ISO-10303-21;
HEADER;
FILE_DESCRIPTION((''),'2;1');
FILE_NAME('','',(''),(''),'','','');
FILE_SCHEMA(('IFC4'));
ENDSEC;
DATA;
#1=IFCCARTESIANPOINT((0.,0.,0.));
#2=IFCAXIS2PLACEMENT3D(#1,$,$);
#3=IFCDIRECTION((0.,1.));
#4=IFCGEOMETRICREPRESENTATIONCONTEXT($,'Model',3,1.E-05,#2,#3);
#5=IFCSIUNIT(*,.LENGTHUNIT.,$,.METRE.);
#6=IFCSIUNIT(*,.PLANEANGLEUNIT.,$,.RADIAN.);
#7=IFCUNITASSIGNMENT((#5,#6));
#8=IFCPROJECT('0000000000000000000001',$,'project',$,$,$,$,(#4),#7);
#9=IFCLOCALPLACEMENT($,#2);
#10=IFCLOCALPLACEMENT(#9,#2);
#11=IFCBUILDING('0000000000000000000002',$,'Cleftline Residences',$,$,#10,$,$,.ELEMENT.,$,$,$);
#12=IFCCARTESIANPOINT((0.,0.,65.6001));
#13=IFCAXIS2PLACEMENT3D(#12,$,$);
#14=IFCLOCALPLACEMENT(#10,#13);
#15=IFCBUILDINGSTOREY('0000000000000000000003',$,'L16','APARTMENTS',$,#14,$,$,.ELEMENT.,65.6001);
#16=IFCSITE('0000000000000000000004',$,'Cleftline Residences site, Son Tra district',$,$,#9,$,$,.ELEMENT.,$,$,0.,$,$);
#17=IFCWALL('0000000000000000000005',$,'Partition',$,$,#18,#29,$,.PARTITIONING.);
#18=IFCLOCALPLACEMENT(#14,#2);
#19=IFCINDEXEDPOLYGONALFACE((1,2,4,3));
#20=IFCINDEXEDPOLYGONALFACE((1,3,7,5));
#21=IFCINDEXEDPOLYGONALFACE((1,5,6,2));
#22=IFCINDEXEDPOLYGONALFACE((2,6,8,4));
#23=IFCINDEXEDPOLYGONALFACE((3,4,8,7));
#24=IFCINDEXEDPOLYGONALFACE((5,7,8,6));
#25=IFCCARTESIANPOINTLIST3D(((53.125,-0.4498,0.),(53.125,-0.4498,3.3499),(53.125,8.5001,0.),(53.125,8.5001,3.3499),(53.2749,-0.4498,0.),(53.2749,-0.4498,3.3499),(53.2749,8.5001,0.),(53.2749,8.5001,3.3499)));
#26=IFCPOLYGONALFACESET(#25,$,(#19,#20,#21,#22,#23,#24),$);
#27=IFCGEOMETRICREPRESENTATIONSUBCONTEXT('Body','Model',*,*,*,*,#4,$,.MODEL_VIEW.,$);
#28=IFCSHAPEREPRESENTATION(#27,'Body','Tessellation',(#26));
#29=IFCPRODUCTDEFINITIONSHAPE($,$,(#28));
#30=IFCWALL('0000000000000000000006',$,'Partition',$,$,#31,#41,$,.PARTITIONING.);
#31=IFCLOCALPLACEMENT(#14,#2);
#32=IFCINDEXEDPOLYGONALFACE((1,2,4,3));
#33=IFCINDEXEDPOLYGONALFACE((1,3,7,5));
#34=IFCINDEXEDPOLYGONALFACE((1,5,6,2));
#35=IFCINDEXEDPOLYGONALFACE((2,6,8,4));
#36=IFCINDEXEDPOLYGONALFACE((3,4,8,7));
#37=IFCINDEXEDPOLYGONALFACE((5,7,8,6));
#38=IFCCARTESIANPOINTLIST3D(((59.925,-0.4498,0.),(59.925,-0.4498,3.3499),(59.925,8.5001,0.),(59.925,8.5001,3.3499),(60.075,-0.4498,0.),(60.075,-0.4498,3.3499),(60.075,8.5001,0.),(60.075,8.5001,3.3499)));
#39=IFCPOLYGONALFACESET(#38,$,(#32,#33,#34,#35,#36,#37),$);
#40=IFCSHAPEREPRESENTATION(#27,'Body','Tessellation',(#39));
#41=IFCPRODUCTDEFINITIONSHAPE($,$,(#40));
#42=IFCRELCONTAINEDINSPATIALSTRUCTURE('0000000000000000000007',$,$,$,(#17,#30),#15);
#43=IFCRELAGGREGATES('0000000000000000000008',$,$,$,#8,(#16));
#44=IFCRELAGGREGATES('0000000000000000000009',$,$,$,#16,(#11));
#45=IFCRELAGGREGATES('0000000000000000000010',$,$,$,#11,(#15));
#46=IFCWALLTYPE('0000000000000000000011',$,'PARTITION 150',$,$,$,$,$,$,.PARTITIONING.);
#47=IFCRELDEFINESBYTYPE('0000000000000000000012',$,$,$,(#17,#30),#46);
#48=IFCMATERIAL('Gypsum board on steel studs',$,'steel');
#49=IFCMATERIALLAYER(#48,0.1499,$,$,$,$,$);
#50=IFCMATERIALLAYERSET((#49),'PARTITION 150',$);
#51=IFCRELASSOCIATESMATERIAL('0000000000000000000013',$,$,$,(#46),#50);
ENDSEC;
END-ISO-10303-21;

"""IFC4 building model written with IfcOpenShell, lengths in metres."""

from ifc_helpers import new_model, si_unit, direction, frame, frame_2d, origin, place, context, subcontext, project, spatial, rectangle, extrude, material, layer, layer_set, type_object, element, save


model = new_model("IFC4")

# Units and contexts
model_context = context("Model", 3, precision=1e-05, world=origin(), true_north=direction((0.0, 1.0)))
body_context = subcontext(model_context, "Body", "Model", "MODEL_VIEW")
ifc_project = project(units=[si_unit("LENGTHUNIT", "METRE"), si_unit("PLANEANGLEUNIT", "RADIAN")], contexts=[model_context])

# Site, building, storey
site_placement = place(None, origin())
site = spatial("IfcSite", under=ifc_project, at=site_placement, Name="Cleftline Residences site, Son Tra district", CompositionType="ELEMENT", RefElevation=0.0)
building_placement = place(site_placement, origin())
building = spatial("IfcBuilding", under=site, at=building_placement, Name="Cleftline Residences", CompositionType="ELEMENT")
storey_placement = place(building_placement, frame((0.0, 0.0, 65.6001)))
storey = spatial("IfcBuildingStorey", under=building, at=storey_placement, Name="L16", Description="APARTMENTS", CompositionType="ELEMENT", Elevation=65.6001)

# Walls
ifc_material_1 = material(Name="Gypsum board on steel studs", Category="steel")
ifc_layer_1 = layer(ifc_material_1, 0.1499)
ifc_layer_set_1 = layer_set([ifc_layer_1], Name="PARTITION 150")
wall_type_1 = type_object("IfcWallType", Name="PARTITION 150", PredefinedType="PARTITIONING", material=ifc_layer_set_1)
for number, where, z_axis, x_axis, name in (
    (1, (53.2, -0.45, 0.0), (0.0, 0.0, 1.0), (0.0, 1.0, 0.0), "Partition"),
    (2, (60.0, -0.45, 0.0), (0.0, 0.0, 1.0), (0.0, 1.0, 0.0), "Partition"),
):
    element("IfcWall", number, at=place(storey_placement, frame(where, z_axis=z_axis, x_axis=x_axis)), inside=storey, type_object=wall_type_1, Name=name, PredefinedType="PARTITIONING", context=body_context, shape_type="SweptSolid", body=[
        extrude(rectangle(XDim=8.95, YDim=0.1499, at=frame_2d((4.4751, 0.0))), origin(), (0.0, 0.0, 1.0), 3.3499),
    ])

save(model, "model.ifc")
